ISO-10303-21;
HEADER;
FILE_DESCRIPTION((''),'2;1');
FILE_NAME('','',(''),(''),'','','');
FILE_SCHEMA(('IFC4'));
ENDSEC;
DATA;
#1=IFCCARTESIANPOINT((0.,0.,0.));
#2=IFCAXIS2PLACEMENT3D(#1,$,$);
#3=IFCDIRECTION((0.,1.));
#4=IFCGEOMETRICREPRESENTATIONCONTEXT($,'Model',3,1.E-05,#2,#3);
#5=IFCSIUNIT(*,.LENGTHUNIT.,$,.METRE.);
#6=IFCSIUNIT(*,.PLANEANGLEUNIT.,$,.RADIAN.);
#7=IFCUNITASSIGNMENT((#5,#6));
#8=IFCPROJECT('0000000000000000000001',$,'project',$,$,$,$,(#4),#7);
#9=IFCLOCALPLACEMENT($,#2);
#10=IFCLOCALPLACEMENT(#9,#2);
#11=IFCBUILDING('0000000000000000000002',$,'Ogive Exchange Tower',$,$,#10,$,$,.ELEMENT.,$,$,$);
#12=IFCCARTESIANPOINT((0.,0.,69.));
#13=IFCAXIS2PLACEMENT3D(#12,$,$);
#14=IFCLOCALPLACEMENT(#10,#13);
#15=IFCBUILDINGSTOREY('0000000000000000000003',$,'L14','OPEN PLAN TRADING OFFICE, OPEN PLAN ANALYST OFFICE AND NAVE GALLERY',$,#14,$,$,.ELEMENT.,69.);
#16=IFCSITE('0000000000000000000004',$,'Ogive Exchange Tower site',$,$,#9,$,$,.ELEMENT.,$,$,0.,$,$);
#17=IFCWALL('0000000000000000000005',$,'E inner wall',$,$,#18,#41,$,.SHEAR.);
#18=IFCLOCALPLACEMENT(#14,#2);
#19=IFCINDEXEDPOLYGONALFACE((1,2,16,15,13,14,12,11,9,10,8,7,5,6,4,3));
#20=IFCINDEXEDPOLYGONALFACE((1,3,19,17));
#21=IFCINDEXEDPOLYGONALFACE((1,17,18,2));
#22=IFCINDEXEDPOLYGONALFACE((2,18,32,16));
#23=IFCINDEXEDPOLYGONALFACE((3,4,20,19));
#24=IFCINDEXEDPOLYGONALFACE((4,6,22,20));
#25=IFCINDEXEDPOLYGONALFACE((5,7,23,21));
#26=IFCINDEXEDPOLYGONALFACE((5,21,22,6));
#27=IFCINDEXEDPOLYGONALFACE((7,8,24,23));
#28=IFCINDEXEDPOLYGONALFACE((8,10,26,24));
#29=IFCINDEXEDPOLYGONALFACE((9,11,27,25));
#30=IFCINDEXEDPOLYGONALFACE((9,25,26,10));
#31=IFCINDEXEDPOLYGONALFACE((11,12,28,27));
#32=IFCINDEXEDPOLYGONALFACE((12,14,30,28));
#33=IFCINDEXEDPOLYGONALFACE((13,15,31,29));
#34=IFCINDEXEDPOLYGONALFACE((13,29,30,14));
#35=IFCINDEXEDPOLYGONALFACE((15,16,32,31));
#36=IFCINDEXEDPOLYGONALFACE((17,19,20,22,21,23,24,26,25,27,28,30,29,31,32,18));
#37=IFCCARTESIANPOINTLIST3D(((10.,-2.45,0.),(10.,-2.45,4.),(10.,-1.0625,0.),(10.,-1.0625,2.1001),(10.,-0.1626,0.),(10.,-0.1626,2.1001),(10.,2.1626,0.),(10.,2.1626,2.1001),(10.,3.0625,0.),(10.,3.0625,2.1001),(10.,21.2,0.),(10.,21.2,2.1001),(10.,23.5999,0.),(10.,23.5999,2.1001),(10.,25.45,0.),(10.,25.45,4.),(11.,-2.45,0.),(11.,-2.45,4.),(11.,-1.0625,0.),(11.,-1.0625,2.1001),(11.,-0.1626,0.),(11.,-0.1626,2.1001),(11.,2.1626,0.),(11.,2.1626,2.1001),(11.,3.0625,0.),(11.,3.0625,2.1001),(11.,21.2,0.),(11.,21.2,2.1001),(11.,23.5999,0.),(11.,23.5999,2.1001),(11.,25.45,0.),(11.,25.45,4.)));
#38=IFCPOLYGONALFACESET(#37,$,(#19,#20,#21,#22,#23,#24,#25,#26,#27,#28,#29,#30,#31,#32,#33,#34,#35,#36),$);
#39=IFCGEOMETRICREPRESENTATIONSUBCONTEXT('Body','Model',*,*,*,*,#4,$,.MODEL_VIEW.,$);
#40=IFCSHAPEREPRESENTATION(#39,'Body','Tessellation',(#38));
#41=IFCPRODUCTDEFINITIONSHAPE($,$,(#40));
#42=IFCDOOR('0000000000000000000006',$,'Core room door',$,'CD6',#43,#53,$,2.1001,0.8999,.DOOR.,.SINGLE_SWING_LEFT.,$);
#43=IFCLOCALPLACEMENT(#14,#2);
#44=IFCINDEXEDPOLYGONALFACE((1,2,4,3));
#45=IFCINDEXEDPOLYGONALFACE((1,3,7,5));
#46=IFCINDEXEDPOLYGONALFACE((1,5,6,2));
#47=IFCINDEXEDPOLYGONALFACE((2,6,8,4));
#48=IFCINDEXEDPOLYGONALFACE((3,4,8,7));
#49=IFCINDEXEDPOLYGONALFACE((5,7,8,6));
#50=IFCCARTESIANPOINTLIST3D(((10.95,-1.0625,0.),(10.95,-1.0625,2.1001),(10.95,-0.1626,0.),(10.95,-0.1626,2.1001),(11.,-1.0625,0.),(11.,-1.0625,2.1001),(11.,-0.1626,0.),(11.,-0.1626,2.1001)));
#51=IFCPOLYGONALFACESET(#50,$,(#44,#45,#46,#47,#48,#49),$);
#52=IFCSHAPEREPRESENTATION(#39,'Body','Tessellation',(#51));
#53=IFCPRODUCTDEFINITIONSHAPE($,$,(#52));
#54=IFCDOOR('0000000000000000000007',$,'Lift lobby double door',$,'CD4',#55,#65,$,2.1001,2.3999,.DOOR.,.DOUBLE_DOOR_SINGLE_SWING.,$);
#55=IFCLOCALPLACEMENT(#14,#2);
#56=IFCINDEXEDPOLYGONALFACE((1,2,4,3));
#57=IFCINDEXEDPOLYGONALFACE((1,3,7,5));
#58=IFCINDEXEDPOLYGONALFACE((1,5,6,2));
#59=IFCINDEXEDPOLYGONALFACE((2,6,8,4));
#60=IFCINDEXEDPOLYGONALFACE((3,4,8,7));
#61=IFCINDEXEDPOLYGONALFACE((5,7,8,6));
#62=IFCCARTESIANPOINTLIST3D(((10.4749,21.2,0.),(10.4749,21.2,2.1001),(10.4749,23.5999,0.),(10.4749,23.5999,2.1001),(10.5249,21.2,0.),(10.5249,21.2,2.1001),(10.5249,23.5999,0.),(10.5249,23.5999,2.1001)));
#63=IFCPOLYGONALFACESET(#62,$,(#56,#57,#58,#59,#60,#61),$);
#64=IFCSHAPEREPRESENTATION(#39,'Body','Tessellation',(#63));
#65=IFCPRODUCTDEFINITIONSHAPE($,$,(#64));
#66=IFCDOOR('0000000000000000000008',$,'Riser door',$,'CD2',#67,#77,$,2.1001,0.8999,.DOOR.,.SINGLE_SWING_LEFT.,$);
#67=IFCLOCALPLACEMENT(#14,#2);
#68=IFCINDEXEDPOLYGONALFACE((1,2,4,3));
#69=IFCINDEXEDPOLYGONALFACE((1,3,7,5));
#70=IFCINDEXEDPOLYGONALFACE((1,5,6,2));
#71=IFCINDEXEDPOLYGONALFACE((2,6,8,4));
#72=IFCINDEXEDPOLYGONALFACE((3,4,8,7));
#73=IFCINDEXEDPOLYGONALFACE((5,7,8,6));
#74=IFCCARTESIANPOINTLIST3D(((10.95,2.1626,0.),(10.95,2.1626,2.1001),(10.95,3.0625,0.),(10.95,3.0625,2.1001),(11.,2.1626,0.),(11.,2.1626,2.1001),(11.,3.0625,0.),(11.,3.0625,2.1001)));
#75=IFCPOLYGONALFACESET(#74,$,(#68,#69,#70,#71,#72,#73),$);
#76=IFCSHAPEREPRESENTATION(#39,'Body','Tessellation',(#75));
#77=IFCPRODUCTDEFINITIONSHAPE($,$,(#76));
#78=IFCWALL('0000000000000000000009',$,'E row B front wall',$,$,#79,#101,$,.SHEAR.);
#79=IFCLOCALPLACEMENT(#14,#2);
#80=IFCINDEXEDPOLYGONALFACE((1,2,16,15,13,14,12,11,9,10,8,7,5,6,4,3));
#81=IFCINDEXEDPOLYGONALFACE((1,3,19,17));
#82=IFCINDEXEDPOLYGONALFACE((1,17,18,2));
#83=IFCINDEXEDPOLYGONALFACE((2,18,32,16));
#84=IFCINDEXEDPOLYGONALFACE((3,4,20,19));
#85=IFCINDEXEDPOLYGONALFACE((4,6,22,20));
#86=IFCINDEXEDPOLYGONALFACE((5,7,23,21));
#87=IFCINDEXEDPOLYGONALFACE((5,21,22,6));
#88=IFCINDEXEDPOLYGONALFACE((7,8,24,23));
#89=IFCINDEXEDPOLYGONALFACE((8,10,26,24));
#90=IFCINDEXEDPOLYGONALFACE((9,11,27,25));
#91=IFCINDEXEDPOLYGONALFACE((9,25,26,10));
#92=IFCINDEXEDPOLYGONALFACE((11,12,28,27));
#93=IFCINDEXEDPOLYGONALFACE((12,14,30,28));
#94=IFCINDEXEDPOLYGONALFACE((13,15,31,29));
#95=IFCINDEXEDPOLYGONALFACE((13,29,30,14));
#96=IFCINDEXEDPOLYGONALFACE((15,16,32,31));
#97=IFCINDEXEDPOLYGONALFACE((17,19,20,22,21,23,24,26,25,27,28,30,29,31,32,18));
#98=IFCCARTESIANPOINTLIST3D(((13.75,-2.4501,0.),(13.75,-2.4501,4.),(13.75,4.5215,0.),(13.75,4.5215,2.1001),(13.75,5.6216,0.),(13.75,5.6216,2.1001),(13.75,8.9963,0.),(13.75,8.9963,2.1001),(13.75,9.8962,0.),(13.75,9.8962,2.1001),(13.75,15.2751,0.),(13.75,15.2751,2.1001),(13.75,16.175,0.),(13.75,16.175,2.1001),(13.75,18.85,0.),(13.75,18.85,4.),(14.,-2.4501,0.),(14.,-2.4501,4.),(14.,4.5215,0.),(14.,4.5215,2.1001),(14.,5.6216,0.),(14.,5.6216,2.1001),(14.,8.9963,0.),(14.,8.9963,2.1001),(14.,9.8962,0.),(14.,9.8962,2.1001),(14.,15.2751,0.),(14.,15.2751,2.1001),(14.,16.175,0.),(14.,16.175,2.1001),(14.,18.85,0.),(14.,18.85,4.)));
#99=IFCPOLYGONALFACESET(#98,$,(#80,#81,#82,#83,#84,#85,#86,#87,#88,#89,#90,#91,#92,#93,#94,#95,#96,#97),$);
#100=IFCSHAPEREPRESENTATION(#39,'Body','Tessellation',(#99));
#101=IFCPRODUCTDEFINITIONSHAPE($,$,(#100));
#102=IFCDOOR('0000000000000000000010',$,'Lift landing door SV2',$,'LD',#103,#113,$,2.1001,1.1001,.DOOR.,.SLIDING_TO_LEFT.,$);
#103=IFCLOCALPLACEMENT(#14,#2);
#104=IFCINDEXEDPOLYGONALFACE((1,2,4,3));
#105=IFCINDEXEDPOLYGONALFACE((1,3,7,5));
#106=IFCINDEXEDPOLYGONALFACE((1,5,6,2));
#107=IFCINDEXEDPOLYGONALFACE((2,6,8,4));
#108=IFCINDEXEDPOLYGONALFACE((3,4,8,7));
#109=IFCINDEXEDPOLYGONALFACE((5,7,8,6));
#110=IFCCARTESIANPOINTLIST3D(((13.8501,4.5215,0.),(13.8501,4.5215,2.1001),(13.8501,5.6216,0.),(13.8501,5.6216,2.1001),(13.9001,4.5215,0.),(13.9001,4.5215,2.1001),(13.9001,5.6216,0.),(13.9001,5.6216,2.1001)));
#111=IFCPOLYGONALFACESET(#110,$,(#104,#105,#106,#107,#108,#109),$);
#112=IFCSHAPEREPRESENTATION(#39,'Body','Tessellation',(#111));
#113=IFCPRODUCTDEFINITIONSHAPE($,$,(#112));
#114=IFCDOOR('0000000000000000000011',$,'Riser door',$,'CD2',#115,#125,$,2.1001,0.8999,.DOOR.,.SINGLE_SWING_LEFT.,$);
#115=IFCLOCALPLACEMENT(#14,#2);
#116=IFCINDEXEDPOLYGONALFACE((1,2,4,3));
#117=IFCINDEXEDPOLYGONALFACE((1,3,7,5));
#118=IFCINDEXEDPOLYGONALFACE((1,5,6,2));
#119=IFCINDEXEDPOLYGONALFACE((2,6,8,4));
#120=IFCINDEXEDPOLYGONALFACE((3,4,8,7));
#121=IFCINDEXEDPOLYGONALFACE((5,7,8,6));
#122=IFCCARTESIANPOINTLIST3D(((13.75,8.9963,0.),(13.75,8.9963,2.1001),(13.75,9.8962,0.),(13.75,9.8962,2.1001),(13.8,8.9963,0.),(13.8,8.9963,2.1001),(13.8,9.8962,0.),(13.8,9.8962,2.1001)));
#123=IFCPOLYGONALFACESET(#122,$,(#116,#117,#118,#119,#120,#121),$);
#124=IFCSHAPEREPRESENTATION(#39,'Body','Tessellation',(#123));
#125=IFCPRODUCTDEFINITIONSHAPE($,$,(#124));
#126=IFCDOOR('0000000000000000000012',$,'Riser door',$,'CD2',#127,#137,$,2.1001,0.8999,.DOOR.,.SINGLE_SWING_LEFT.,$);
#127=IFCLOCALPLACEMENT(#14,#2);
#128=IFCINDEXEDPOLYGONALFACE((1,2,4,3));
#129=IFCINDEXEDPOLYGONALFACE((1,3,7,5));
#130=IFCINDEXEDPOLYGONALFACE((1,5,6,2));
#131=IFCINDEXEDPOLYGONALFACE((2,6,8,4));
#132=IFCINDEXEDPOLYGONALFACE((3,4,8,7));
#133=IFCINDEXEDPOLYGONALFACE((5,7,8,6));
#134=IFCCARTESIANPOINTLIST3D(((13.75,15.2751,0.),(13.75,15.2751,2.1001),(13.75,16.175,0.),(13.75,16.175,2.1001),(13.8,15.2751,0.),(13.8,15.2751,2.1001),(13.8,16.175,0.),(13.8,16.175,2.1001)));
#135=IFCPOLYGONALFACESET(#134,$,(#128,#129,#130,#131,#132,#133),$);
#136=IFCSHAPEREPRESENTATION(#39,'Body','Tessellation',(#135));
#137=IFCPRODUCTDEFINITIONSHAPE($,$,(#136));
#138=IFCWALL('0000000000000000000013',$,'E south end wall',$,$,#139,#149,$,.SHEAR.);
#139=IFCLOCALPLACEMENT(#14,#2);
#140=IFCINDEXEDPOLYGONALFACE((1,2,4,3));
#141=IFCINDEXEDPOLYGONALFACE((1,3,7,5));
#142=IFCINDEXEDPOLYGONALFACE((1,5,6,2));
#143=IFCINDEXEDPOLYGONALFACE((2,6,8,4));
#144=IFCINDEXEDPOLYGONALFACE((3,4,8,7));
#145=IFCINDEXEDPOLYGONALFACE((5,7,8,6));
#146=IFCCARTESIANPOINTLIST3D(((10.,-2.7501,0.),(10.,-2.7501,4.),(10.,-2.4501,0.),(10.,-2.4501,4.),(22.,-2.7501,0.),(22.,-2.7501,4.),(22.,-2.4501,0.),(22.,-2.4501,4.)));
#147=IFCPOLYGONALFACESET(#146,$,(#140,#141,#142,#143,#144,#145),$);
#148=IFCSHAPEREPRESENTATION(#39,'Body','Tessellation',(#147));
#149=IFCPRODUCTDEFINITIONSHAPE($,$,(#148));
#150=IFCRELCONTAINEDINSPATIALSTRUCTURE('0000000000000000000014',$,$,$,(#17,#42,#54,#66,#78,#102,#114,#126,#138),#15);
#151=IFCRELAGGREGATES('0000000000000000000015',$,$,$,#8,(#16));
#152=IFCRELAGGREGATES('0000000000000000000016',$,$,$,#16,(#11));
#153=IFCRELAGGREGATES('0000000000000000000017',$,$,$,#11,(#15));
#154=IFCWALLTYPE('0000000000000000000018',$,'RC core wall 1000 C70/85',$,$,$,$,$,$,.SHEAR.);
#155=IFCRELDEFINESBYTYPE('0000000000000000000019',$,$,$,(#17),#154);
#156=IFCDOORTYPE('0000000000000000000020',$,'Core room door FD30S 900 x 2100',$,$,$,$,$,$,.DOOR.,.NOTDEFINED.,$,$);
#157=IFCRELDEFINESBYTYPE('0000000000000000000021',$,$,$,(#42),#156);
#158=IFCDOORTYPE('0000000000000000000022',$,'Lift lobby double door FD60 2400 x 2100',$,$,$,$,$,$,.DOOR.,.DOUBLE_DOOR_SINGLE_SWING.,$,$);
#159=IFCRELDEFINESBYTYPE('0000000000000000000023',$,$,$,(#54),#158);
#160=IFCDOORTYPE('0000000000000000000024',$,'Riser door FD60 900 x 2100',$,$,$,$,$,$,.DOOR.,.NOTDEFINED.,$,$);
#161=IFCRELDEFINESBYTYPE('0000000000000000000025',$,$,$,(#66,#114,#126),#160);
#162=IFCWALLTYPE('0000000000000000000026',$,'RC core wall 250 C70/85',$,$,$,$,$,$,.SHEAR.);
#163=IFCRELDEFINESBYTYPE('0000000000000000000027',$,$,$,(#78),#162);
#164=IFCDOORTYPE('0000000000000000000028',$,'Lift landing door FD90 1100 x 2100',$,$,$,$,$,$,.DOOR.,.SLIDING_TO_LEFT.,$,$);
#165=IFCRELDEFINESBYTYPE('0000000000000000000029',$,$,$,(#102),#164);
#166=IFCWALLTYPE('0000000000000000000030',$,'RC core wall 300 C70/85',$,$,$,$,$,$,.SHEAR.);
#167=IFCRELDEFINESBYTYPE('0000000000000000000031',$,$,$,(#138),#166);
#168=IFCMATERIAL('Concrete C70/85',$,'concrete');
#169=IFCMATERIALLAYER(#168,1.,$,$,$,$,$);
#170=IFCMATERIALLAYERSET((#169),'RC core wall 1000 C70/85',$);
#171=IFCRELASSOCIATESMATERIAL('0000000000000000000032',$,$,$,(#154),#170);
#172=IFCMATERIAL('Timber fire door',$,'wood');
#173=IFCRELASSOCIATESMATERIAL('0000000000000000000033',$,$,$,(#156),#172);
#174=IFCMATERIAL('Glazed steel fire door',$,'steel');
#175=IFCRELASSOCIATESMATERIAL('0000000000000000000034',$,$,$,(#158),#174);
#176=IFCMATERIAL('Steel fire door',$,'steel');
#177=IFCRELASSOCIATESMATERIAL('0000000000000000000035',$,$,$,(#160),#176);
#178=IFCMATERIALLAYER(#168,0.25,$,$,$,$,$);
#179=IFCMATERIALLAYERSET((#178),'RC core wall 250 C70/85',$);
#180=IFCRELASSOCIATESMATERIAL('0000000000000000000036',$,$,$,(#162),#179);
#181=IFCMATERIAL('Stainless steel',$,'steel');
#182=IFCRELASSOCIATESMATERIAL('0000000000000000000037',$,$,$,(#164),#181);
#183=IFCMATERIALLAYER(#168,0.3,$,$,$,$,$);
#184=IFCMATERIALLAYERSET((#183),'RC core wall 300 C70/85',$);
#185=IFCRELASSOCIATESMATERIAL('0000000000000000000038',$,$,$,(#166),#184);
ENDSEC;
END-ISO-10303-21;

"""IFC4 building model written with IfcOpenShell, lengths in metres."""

from ifc_helpers import new_model, si_unit, direction, frame, frame_2d, origin, place, context, subcontext, project, spatial, rectangle, extrude, material, layer, layer_set, type_object, element, fill, save


model = new_model("IFC4")

# Units and contexts
model_context = context("Model", 3, precision=1e-05, world=origin(), true_north=direction((0.0, 1.0)))
body_context = subcontext(model_context, "Body", "Model", "MODEL_VIEW")
ifc_project = project(units=[si_unit("LENGTHUNIT", "METRE"), si_unit("PLANEANGLEUNIT", "RADIAN")], contexts=[model_context])

# Site, building, storey
site_placement = place(None, origin())
site = spatial("IfcSite", under=ifc_project, at=site_placement, Name="Ogive Exchange Tower site", CompositionType="ELEMENT", RefElevation=0.0)
building_placement = place(site_placement, origin())
building = spatial("IfcBuilding", under=site, at=building_placement, Name="Ogive Exchange Tower", CompositionType="ELEMENT")
storey_placement = place(building_placement, frame((0.0, 0.0, 69.0)))
storey = spatial("IfcBuildingStorey", under=building, at=storey_placement, Name="L14", Description="OPEN PLAN TRADING OFFICE, OPEN PLAN ANALYST OFFICE AND NAVE GALLERY", CompositionType="ELEMENT", Elevation=69.0)

# Shared definitions
ifc_material_1 = material(Name="Concrete C70/85", Category="concrete")

# Walls, openings, doors
ifc_layer_1 = layer(ifc_material_1, 1.0)
ifc_layer_set_1 = layer_set([ifc_layer_1], Name="RC core wall 1000 C70/85")
wall_type_1 = type_object("IfcWallType", Name="RC core wall 1000 C70/85", PredefinedType="SHEAR", material=ifc_layer_set_1)
wall_1_placement = place(storey_placement, frame((10.5, -2.45, 0.0), z_axis=(0.0, 0.0, 1.0), x_axis=(0.0, 1.0, 0.0)))
wall_1 = element("IfcWall", 1, at=wall_1_placement, inside=storey, type_object=wall_type_1, Name="E inner wall", PredefinedType="SHEAR", context=body_context, shape_type="SweptSolid", body=[
    extrude(rectangle(XDim=27.8999, YDim=1.0, at=frame_2d((13.95, 0.0))), origin(), (0.0, 0.0, 1.0), 4.0),
])
opening_1_placement = place(wall_1_placement, frame((23.6499, 0.0, 0.0)))
opening_1 = element("IfcOpeningElement", 2, at=opening_1_placement, cuts=wall_1, PredefinedType="OPENING", context=body_context, shape_type="SweptSolid", body=[
    extrude(rectangle(XDim=2.3999, YDim=2.1001, at=frame_2d((1.2, 1.05))), frame((0.0, 0.51, 0.0), z_axis=(0.0, -1.0, 0.0), x_axis=(1.0, 0.0, 0.0)), (0.0, 0.0, 1.0), 1.02),
])
opening_2_placement = place(wall_1_placement, frame((1.3875, 0.0, 0.0)))
opening_2 = element("IfcOpeningElement", 3, at=opening_2_placement, cuts=wall_1, PredefinedType="OPENING", context=body_context, shape_type="SweptSolid", body=[
    extrude(rectangle(XDim=0.8999, YDim=2.1001, at=frame_2d((0.45, 1.05))), frame((0.0, 0.51, 0.0), z_axis=(0.0, -1.0, 0.0), x_axis=(1.0, 0.0, 0.0)), (0.0, 0.0, 1.0), 1.02),
])
opening_3_placement = place(wall_1_placement, frame((4.6125, 0.0, 0.0)))
opening_3 = element("IfcOpeningElement", 4, at=opening_3_placement, cuts=wall_1, PredefinedType="OPENING", context=body_context, shape_type="SweptSolid", body=[
    extrude(rectangle(XDim=0.8999, YDim=2.1001, at=frame_2d((0.45, 1.05))), frame((0.0, 0.51, 0.0), z_axis=(0.0, -1.0, 0.0), x_axis=(1.0, 0.0, 0.0)), (0.0, 0.0, 1.0), 1.02),
])
ifc_material_2 = material(Name="Timber fire door", Category="wood")
door_type_1 = type_object("IfcDoorType", Name="Core room door FD30S 900 x 2100", OperationType="NOTDEFINED", PredefinedType="DOOR", material=ifc_material_2)
door_1_placement = place(opening_2_placement, frame((0.8999, -0.9502, 0.0), z_axis=(0.0, 0.0, 1.0), x_axis=(-1.0, 0.0, 0.0)))
door_1 = element("IfcDoor", 5, at=door_1_placement, inside=storey, type_object=door_type_1, Name="Core room door", ObjectType="CD6", OperationType="SINGLE_SWING_LEFT", OverallHeight=2.1001, OverallWidth=0.8999, PredefinedType="DOOR", context=body_context, shape_type="SweptSolid", body=[
    extrude(rectangle(XDim=0.8999, YDim=2.1001, at=frame_2d((0.45, 1.05))), frame((0.0, -0.4502, 0.0), z_axis=(0.0, -1.0, 0.0), x_axis=(1.0, 0.0, 0.0)), (0.0, 0.0, 1.0), 0.05),
])
fill(opening_2, door_1)
ifc_material_3 = material(Name="Glazed steel fire door", Category="steel")
door_type_2 = type_object("IfcDoorType", Name="Lift lobby double door FD60 2400 x 2100", OperationType="DOUBLE_DOOR_SINGLE_SWING", PredefinedType="DOOR", material=ifc_material_3)
door_2_placement = place(opening_1_placement, frame((2.3999, 0.0, 0.0), z_axis=(0.0, 0.0, 1.0), x_axis=(-1.0, 0.0, 0.0)))
door_2 = element("IfcDoor", 6, at=door_2_placement, inside=storey, type_object=door_type_2, Name="Lift lobby double door", ObjectType="CD4", OperationType="DOUBLE_DOOR_SINGLE_SWING", OverallHeight=2.1001, OverallWidth=2.3999, PredefinedType="DOOR", context=body_context, shape_type="SweptSolid", body=[
    extrude(rectangle(XDim=2.3999, YDim=2.1001, at=frame_2d((1.2, 1.05))), frame((0.0, 0.0249, 0.0), z_axis=(0.0, -1.0, 0.0), x_axis=(1.0, 0.0, 0.0)), (0.0, 0.0, 1.0), 0.05),
])
fill(opening_1, door_2)
ifc_material_4 = material(Name="Steel fire door", Category="steel")
door_type_3 = type_object("IfcDoorType", Name="Riser door FD60 900 x 2100", OperationType="NOTDEFINED", PredefinedType="DOOR", material=ifc_material_4)
door_3_placement = place(opening_3_placement, frame((0.8999, -0.9502, 0.0), z_axis=(0.0, 0.0, 1.0), x_axis=(-1.0, 0.0, 0.0)))
door_3 = element("IfcDoor", 7, at=door_3_placement, inside=storey, type_object=door_type_3, Name="Riser door", ObjectType="CD2", OperationType="SINGLE_SWING_LEFT", OverallHeight=2.1001, OverallWidth=0.8999, PredefinedType="DOOR", context=body_context, shape_type="SweptSolid", body=[
    extrude(rectangle(XDim=0.8999, YDim=2.1001, at=frame_2d((0.45, 1.05))), frame((0.0, -0.4502, 0.0), z_axis=(0.0, -1.0, 0.0), x_axis=(1.0, 0.0, 0.0)), (0.0, 0.0, 1.0), 0.05),
])
fill(opening_3, door_3)
ifc_layer_2 = layer(ifc_material_1, 0.25)
ifc_layer_set_2 = layer_set([ifc_layer_2], Name="RC core wall 250 C70/85")
wall_type_2 = type_object("IfcWallType", Name="RC core wall 250 C70/85", PredefinedType="SHEAR", material=ifc_layer_set_2)
wall_2_placement = place(storey_placement, frame((13.875, -2.45, 0.0), z_axis=(0.0, 0.0, 1.0), x_axis=(0.0, 1.0, 0.0)))
wall_2 = element("IfcWall", 8, at=wall_2_placement, inside=storey, type_object=wall_type_2, Name="E row B front wall", PredefinedType="SHEAR", context=body_context, shape_type="SweptSolid", body=[
    extrude(rectangle(XDim=21.3, YDim=0.25, at=frame_2d((10.6499, 0.0))), origin(), (0.0, 0.0, 1.0), 4.0),
])
opening_4_placement = place(wall_2_placement, frame((11.4463, 0.0, 0.0)))
opening_4 = element("IfcOpeningElement", 9, at=opening_4_placement, cuts=wall_2, PredefinedType="OPENING", context=body_context, shape_type="SweptSolid", body=[
    extrude(rectangle(XDim=0.8999, YDim=2.1001, at=frame_2d((0.45, 1.05))), frame((0.0, 0.135, 0.0), z_axis=(0.0, -1.0, 0.0), x_axis=(1.0, 0.0, 0.0)), (0.0, 0.0, 1.0), 0.27),
])
opening_5_placement = place(wall_2_placement, frame((17.7251, 0.0, 0.0)))
opening_5 = element("IfcOpeningElement", 10, at=opening_5_placement, cuts=wall_2, PredefinedType="OPENING", context=body_context, shape_type="SweptSolid", body=[
    extrude(rectangle(XDim=0.8999, YDim=2.1001, at=frame_2d((0.45, 1.05))), frame((0.0, 0.135, 0.0), z_axis=(0.0, -1.0, 0.0), x_axis=(1.0, 0.0, 0.0)), (0.0, 0.0, 1.0), 0.27),
])
opening_6_placement = place(wall_2_placement, frame((6.9714, 0.0, 0.0)))
opening_6 = element("IfcOpeningElement", 11, at=opening_6_placement, cuts=wall_2, PredefinedType="OPENING", context=body_context, shape_type="SweptSolid", body=[
    extrude(rectangle(XDim=1.1001, YDim=2.1001, at=frame_2d((0.55, 1.05))), frame((0.0, 0.135, 0.0), z_axis=(0.0, -1.0, 0.0), x_axis=(1.0, 0.0, 0.0)), (0.0, 0.0, 1.0), 0.27),
])
ifc_material_5 = material(Name="Stainless steel", Category="steel")
door_type_4 = type_object("IfcDoorType", Name="Lift landing door FD90 1100 x 2100", OperationType="SLIDING_TO_LEFT", PredefinedType="DOOR", material=ifc_material_5)
door_4_placement = place(opening_6_placement, origin())
door_4 = element("IfcDoor", 12, at=door_4_placement, inside=storey, type_object=door_type_4, Name="Lift landing door SV2", ObjectType="LD", OperationType="SLIDING_TO_LEFT", OverallHeight=2.1001, OverallWidth=1.1001, PredefinedType="DOOR", context=body_context, shape_type="SweptSolid", body=[
    extrude(rectangle(XDim=1.1001, YDim=2.1001, at=frame_2d((0.55, 1.05))), frame((0.0, 0.0249, 0.0), z_axis=(0.0, -1.0, 0.0), x_axis=(1.0, 0.0, 0.0)), (0.0, 0.0, 1.0), 0.05),
])
fill(opening_6, door_4)
door_5_placement = place(opening_4_placement, origin())
door_5 = element("IfcDoor", 13, at=door_5_placement, inside=storey, type_object=door_type_3, Name="Riser door", ObjectType="CD2", OperationType="SINGLE_SWING_LEFT", OverallHeight=2.1001, OverallWidth=0.8999, PredefinedType="DOOR", context=body_context, shape_type="SweptSolid", body=[
    extrude(rectangle(XDim=0.8999, YDim=2.1001, at=frame_2d((0.45, 1.05))), frame((0.0, 0.125, 0.0), z_axis=(0.0, -1.0, 0.0), x_axis=(1.0, 0.0, 0.0)), (0.0, 0.0, 1.0), 0.05),
])
fill(opening_4, door_5)
door_6_placement = place(opening_5_placement, origin())
door_6 = element("IfcDoor", 14, at=door_6_placement, inside=storey, type_object=door_type_3, Name="Riser door", ObjectType="CD2", OperationType="SINGLE_SWING_LEFT", OverallHeight=2.1001, OverallWidth=0.8999, PredefinedType="DOOR", context=body_context, shape_type="SweptSolid", body=[
    extrude(rectangle(XDim=0.8999, YDim=2.1001, at=frame_2d((0.45, 1.05))), frame((0.0, 0.125, 0.0), z_axis=(0.0, -1.0, 0.0), x_axis=(1.0, 0.0, 0.0)), (0.0, 0.0, 1.0), 0.05),
])
fill(opening_5, door_6)

# Wall
ifc_layer_3 = layer(ifc_material_1, 0.3)
ifc_layer_set_3 = layer_set([ifc_layer_3], Name="RC core wall 300 C70/85")
wall_type_3 = type_object("IfcWallType", Name="RC core wall 300 C70/85", PredefinedType="SHEAR", material=ifc_layer_set_3)
wall_3_placement = place(storey_placement, frame((10.0, -2.6001, 0.0), z_axis=(0.0, 0.0, 1.0), x_axis=(1.0, 0.0, 0.0)))
element("IfcWall", 15, at=wall_3_placement, inside=storey, type_object=wall_type_3, Name="E south end wall", PredefinedType="SHEAR", context=body_context, shape_type="SweptSolid", body=[
    extrude(rectangle(XDim=12.0, YDim=0.3, at=frame_2d((6.0, 0.0))), origin(), (0.0, 0.0, 1.0), 4.0),
])

save(model, "model.ifc")
